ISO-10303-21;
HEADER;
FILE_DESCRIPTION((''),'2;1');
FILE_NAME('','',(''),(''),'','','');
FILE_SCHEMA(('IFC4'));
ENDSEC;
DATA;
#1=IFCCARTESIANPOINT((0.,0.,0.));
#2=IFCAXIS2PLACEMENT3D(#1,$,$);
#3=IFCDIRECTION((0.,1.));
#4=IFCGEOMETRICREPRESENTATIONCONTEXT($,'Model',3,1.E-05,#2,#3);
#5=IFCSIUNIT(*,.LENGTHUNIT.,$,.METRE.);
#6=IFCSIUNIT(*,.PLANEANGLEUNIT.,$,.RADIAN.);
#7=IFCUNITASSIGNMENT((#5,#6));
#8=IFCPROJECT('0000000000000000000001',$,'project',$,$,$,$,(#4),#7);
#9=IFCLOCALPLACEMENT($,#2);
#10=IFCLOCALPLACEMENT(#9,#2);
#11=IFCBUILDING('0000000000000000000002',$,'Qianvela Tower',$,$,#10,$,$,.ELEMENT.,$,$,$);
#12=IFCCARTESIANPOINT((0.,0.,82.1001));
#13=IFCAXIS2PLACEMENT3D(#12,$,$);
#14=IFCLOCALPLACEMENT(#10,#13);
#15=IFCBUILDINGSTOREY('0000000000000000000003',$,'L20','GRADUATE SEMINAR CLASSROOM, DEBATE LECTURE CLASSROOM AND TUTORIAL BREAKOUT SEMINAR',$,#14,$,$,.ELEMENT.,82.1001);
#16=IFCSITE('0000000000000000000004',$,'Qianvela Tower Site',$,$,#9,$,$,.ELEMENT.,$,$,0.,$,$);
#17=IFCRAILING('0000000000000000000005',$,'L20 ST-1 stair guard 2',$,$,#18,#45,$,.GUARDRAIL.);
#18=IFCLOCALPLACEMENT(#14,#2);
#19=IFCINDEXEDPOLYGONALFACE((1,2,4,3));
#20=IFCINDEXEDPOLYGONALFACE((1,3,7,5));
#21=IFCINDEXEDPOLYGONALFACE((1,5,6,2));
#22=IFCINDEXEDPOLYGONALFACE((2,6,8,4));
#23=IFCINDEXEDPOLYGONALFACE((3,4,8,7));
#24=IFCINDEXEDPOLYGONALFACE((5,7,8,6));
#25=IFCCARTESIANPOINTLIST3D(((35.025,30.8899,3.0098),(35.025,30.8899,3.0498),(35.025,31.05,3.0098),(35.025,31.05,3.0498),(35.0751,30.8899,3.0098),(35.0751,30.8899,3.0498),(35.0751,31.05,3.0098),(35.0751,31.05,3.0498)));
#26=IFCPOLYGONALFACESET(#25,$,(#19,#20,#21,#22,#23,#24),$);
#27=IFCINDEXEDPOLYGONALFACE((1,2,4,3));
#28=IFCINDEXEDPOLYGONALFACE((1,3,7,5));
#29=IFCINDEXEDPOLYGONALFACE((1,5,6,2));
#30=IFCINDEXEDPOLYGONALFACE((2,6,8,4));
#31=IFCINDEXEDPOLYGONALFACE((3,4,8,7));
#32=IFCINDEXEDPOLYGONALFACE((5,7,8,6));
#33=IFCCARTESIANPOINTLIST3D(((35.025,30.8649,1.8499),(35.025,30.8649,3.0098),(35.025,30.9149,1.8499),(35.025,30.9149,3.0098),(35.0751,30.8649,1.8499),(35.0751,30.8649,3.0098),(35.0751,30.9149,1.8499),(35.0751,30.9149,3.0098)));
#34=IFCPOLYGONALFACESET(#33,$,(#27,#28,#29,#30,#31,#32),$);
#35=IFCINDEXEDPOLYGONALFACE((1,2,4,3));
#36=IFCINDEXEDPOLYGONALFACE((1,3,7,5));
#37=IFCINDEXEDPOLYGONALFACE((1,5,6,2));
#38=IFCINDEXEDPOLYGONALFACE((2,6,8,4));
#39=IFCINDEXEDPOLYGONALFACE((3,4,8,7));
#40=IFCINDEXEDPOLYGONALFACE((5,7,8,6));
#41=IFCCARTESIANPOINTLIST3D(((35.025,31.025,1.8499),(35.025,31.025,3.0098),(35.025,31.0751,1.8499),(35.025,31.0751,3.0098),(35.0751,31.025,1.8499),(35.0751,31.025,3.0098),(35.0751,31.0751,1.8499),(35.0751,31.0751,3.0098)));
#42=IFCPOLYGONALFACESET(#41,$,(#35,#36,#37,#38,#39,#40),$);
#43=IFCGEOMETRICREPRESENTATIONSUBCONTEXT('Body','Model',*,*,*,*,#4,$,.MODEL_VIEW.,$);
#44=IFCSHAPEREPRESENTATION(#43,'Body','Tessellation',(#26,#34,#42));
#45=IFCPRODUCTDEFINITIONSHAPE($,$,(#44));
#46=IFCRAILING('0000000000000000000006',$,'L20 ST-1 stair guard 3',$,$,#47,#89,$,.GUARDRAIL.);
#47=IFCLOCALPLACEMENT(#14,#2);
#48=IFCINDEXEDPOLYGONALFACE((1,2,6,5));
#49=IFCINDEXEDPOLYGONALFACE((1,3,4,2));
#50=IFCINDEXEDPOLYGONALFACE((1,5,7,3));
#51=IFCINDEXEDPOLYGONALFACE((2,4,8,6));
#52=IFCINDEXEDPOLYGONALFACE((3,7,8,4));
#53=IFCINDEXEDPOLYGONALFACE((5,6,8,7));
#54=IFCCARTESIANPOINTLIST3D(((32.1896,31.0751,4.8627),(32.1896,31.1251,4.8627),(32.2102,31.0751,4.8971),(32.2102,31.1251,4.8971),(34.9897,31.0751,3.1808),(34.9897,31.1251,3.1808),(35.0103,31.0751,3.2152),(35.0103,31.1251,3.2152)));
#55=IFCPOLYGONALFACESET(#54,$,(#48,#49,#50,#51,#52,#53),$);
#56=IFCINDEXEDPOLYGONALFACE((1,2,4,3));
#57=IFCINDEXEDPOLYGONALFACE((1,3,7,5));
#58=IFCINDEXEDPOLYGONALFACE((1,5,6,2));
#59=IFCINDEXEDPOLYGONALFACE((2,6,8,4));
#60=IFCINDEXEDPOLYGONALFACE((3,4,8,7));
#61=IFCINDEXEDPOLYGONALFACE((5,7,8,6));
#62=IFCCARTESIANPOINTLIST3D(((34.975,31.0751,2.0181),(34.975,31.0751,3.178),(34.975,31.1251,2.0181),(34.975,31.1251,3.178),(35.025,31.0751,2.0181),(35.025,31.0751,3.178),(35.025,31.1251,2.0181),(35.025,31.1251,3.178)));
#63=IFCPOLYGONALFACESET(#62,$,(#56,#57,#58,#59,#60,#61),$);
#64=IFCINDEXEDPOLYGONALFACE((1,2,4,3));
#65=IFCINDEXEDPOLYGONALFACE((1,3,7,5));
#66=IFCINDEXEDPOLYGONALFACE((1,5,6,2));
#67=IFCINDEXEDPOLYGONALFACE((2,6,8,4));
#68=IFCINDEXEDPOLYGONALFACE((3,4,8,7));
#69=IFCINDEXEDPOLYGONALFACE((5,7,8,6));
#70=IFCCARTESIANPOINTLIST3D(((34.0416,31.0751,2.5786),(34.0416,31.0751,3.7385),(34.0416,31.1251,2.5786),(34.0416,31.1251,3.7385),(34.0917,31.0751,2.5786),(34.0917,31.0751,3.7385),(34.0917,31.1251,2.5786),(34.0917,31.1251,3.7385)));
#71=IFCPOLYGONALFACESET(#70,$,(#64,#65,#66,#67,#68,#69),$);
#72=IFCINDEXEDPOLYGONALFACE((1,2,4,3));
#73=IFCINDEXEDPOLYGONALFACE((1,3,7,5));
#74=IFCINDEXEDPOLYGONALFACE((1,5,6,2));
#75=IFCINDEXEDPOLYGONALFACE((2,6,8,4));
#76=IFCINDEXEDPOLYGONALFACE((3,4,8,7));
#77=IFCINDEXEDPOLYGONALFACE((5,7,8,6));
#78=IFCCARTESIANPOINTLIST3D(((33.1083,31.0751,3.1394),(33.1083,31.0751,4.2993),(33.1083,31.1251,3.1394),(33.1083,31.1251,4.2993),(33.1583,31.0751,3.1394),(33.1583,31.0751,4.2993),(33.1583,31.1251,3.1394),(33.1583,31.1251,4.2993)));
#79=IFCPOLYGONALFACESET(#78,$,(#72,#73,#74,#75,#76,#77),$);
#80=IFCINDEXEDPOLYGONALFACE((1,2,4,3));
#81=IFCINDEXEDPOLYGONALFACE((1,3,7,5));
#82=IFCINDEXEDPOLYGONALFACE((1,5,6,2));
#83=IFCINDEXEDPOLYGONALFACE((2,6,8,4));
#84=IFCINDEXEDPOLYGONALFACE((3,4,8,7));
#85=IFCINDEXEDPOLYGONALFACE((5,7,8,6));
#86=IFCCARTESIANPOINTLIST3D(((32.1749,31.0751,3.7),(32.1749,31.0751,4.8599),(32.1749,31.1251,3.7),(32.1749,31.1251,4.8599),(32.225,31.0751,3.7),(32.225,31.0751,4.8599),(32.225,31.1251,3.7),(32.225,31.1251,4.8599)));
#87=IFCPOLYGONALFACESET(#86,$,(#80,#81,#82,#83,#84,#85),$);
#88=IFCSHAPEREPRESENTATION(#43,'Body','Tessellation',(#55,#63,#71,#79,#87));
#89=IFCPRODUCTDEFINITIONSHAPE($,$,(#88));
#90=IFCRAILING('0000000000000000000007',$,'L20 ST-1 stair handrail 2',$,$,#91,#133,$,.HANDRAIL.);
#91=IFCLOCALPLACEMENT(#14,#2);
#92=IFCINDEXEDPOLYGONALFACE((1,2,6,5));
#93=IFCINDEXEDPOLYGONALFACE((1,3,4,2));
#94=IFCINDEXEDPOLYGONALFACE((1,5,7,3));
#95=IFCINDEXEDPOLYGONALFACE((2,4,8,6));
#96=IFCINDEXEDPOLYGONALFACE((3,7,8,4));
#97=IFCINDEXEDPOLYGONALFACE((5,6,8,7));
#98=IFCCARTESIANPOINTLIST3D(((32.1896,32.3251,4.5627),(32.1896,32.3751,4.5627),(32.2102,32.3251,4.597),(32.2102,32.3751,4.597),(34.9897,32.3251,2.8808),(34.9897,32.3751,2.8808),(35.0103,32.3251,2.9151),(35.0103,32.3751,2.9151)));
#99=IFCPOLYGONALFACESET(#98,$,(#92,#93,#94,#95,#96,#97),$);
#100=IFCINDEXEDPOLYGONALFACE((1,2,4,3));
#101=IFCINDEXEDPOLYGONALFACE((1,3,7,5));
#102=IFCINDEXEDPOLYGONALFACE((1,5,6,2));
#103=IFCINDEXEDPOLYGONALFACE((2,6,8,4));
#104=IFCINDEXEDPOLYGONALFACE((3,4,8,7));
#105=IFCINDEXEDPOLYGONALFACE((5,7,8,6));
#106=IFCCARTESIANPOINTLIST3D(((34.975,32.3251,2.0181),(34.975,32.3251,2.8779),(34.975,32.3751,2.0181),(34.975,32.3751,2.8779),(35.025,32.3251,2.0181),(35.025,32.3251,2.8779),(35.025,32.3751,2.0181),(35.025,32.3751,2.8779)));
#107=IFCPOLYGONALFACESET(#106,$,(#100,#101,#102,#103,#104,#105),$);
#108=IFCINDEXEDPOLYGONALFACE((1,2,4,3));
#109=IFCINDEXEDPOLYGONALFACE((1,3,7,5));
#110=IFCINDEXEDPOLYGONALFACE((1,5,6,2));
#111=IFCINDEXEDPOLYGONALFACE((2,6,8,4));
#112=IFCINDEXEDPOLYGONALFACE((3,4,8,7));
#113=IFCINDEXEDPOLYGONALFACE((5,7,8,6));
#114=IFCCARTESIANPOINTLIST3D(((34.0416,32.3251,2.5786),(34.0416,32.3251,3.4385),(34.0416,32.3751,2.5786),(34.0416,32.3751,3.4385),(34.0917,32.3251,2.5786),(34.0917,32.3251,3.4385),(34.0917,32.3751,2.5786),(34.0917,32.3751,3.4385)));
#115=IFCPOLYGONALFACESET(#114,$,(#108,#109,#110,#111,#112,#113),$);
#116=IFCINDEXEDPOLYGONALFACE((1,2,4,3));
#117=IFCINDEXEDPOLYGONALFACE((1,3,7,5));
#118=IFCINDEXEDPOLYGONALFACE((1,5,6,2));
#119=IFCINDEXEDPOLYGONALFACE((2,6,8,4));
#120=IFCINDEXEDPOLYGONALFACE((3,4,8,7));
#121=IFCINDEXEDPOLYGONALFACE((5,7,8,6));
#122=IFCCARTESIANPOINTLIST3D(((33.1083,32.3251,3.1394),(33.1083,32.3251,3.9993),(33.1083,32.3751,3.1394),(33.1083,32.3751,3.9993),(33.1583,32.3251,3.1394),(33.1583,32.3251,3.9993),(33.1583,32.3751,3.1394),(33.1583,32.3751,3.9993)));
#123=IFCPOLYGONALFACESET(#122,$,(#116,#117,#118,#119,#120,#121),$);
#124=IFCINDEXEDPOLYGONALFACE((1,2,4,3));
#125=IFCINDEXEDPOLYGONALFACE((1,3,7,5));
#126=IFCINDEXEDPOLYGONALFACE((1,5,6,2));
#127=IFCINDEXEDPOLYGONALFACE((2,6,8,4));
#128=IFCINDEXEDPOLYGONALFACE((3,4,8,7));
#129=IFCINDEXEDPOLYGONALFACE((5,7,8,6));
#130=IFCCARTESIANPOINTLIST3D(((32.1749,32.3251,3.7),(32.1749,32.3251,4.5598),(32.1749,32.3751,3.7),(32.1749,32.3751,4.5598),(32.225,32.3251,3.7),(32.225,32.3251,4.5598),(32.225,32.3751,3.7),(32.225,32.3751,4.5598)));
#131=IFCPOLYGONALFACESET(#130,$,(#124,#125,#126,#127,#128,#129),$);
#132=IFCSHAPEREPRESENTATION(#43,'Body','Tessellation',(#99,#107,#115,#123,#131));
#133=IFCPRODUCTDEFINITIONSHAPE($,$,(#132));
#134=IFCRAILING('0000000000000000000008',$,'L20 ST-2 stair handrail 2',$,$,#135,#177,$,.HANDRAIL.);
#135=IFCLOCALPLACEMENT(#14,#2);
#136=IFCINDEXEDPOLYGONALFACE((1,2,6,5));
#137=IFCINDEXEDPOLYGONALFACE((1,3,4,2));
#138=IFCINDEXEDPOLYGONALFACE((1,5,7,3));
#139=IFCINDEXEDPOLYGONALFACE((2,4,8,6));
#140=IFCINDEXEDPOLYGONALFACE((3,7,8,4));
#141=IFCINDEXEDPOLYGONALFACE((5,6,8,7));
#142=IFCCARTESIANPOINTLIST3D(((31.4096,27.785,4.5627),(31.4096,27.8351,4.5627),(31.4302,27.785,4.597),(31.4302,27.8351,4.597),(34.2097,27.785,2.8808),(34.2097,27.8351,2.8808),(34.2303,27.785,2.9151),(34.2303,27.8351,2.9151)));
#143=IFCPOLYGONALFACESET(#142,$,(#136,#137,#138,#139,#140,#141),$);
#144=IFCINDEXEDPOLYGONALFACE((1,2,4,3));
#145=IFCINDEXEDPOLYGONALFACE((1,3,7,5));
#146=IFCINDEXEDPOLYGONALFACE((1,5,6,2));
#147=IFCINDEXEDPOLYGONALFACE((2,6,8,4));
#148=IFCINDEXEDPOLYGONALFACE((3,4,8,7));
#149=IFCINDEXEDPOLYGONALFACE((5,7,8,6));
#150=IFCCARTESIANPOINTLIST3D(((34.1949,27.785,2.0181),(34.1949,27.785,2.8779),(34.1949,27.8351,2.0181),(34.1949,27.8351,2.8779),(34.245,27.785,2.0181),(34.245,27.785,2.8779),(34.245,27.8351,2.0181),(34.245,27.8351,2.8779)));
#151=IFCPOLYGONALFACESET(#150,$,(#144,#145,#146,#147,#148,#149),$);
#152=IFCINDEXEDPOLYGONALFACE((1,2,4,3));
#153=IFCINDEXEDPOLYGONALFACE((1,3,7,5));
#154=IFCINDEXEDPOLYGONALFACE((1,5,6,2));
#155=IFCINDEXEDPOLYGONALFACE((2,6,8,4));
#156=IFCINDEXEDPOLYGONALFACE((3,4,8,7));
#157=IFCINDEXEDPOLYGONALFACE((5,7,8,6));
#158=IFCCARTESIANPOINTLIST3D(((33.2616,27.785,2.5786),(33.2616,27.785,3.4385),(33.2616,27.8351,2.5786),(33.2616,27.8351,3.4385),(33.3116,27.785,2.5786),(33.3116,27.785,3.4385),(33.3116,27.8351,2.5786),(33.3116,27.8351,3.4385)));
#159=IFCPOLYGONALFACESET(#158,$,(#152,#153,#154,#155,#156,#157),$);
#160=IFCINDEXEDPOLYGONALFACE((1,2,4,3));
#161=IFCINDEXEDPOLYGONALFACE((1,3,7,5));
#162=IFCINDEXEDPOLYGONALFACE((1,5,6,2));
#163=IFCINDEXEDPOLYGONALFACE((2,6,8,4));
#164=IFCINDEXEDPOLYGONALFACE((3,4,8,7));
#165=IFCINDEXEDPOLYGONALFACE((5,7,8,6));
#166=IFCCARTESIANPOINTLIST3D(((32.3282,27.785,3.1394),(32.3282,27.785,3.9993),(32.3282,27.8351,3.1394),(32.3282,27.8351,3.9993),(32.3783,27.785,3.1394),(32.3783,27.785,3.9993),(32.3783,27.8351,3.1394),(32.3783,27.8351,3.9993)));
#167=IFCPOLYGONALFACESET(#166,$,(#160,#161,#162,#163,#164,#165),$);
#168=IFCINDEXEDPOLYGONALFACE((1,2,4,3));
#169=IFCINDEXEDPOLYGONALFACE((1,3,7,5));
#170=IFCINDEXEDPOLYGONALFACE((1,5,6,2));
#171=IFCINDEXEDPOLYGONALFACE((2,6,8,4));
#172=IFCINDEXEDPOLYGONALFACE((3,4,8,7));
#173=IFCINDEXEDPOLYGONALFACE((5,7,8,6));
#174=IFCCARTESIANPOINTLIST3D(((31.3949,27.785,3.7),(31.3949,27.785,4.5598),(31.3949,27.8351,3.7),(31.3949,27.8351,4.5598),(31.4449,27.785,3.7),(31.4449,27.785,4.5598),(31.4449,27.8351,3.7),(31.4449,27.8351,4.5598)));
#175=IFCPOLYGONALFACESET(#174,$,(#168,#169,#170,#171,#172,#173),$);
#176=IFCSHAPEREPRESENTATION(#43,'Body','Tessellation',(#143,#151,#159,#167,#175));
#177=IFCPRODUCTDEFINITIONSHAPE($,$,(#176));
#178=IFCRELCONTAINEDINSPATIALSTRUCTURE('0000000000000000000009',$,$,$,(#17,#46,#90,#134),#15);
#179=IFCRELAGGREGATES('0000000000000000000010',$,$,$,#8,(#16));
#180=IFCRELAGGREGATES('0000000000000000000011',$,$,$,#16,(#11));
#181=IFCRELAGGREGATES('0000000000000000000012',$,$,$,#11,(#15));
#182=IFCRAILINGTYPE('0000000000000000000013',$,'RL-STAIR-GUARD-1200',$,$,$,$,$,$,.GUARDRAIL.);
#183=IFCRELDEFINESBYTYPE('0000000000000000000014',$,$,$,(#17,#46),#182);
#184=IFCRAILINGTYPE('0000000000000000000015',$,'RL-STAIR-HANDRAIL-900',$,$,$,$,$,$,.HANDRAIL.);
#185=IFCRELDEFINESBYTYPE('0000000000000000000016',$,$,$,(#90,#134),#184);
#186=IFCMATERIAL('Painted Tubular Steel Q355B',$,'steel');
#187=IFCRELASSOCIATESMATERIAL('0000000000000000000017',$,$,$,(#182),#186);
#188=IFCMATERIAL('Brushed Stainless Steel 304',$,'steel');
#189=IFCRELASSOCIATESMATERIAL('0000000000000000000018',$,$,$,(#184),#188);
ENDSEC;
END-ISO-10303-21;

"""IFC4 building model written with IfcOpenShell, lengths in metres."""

from ifc_helpers import new_model, si_unit, direction, frame, origin, origin_2d, place, context, subcontext, project, spatial, rectangle, extrude, material, type_object, element, save


model = new_model("IFC4")

# Units and contexts
model_context = context("Model", 3, precision=1e-05, world=origin(), true_north=direction((0.0, 1.0)))
body_context = subcontext(model_context, "Body", "Model", "MODEL_VIEW")
ifc_project = project(units=[si_unit("LENGTHUNIT", "METRE"), si_unit("PLANEANGLEUNIT", "RADIAN")], contexts=[model_context])

# Site, building, storey
site_placement = place(None, origin())
site = spatial("IfcSite", under=ifc_project, at=site_placement, Name="Qianvela Tower Site", CompositionType="ELEMENT", RefElevation=0.0)
building_placement = place(site_placement, origin())
building = spatial("IfcBuilding", under=site, at=building_placement, Name="Qianvela Tower", CompositionType="ELEMENT")
storey_placement = place(building_placement, frame((0.0, 0.0, 82.1001)))
storey = spatial("IfcBuildingStorey", under=building, at=storey_placement, Name="L20", Description="GRADUATE SEMINAR CLASSROOM, DEBATE LECTURE CLASSROOM AND TUTORIAL BREAKOUT SEMINAR", CompositionType="ELEMENT", Elevation=82.1001)

# Railings
ifc_material_1 = material(Name="Painted Tubular Steel Q355B", Category="steel")
railing_type_1 = type_object("IfcRailingType", Name="RL-STAIR-GUARD-1200", PredefinedType="GUARDRAIL", material=ifc_material_1)
railing_1_placement = place(storey_placement, frame((35.05, 30.8899, 1.8499)))
element("IfcRailing", 1, at=railing_1_placement, inside=storey, type_object=railing_type_1, Name="L20 ST-1 stair guard 2", PredefinedType="GUARDRAIL", context=body_context, shape_type="SweptSolid", body=[
    extrude(rectangle(XDim=0.05, YDim=0.04, at=origin_2d()), frame((0.0, 0.0, 1.1799), z_axis=(0.0, 1.0, 0.0), x_axis=(-1.0, 0.0, 0.0)), (0.0, 0.0, 1.0), 0.1602),
    extrude(rectangle(XDim=0.05, YDim=0.05, at=origin_2d()), origin(), (0.0, 0.0, 1.0), 1.1599),
    extrude(rectangle(XDim=0.05, YDim=0.05, at=origin_2d()), frame((0.0, 0.1602, 0.0)), (0.0, 0.0, 1.0), 1.1599),
])
railing_2_placement = place(storey_placement, frame((35.0, 31.1001, 2.0181)))
element("IfcRailing", 2, at=railing_2_placement, inside=storey, type_object=railing_type_1, Name="L20 ST-1 stair guard 3", PredefinedType="GUARDRAIL", context=body_context, shape_type="SweptSolid", body=[
    extrude(rectangle(XDim=0.05, YDim=0.04, at=origin_2d()), frame((0.0, 0.0, 1.1799), z_axis=(-0.857242, 0.0, 0.514913), x_axis=(0.0, -1.0, 0.0)), (0.0, 0.0, 1.0), 3.2664),
    extrude(rectangle(XDim=0.05, YDim=0.05, at=origin_2d()), origin(), (0.0, 0.0, 1.0), 1.1599),
    extrude(rectangle(XDim=0.05, YDim=0.05, at=origin_2d()), frame((-0.9333, 0.0, 0.5605)), (0.0, 0.0, 1.0), 1.1599),
    extrude(rectangle(XDim=0.05, YDim=0.05, at=origin_2d()), frame((-1.8667, 0.0, 1.1213)), (0.0, 0.0, 1.0), 1.1599),
    extrude(rectangle(XDim=0.05, YDim=0.05, at=origin_2d()), frame((-2.8, 0.0, 1.6819)), (0.0, 0.0, 1.0), 1.1599),
])
ifc_material_2 = material(Name="Brushed Stainless Steel 304", Category="steel")
railing_type_2 = type_object("IfcRailingType", Name="RL-STAIR-HANDRAIL-900", PredefinedType="HANDRAIL", material=ifc_material_2)
for number, where, name in (
    (3, (35.0, 32.3501, 2.0181), "L20 ST-1 stair handrail 2"),
    (4, (34.22, 27.8101, 2.0181), "L20 ST-2 stair handrail 2"),
):
    element("IfcRailing", number, at=place(storey_placement, frame(where)), inside=storey, type_object=railing_type_2, Name=name, PredefinedType="HANDRAIL", context=body_context, shape_type="SweptSolid", body=[
        extrude(rectangle(XDim=0.05, YDim=0.04, at=origin_2d()), frame((0.0, 0.0, 0.8799), z_axis=(-0.857242, 0.0, 0.514913), x_axis=(0.0, -1.0, 0.0)), (0.0, 0.0, 1.0), 3.2664),
        extrude(rectangle(XDim=0.05, YDim=0.05, at=origin_2d()), origin(), (0.0, 0.0, 1.0), 0.8599),
        extrude(rectangle(XDim=0.05, YDim=0.05, at=origin_2d()), frame((-0.9333, 0.0, 0.5605)), (0.0, 0.0, 1.0), 0.8599),
        extrude(rectangle(XDim=0.05, YDim=0.05, at=origin_2d()), frame((-1.8667, 0.0, 1.1213)), (0.0, 0.0, 1.0), 0.8599),
        extrude(rectangle(XDim=0.05, YDim=0.05, at=origin_2d()), frame((-2.8, 0.0, 1.6819)), (0.0, 0.0, 1.0), 0.8599),
    ])

save(model, "model.ifc")
